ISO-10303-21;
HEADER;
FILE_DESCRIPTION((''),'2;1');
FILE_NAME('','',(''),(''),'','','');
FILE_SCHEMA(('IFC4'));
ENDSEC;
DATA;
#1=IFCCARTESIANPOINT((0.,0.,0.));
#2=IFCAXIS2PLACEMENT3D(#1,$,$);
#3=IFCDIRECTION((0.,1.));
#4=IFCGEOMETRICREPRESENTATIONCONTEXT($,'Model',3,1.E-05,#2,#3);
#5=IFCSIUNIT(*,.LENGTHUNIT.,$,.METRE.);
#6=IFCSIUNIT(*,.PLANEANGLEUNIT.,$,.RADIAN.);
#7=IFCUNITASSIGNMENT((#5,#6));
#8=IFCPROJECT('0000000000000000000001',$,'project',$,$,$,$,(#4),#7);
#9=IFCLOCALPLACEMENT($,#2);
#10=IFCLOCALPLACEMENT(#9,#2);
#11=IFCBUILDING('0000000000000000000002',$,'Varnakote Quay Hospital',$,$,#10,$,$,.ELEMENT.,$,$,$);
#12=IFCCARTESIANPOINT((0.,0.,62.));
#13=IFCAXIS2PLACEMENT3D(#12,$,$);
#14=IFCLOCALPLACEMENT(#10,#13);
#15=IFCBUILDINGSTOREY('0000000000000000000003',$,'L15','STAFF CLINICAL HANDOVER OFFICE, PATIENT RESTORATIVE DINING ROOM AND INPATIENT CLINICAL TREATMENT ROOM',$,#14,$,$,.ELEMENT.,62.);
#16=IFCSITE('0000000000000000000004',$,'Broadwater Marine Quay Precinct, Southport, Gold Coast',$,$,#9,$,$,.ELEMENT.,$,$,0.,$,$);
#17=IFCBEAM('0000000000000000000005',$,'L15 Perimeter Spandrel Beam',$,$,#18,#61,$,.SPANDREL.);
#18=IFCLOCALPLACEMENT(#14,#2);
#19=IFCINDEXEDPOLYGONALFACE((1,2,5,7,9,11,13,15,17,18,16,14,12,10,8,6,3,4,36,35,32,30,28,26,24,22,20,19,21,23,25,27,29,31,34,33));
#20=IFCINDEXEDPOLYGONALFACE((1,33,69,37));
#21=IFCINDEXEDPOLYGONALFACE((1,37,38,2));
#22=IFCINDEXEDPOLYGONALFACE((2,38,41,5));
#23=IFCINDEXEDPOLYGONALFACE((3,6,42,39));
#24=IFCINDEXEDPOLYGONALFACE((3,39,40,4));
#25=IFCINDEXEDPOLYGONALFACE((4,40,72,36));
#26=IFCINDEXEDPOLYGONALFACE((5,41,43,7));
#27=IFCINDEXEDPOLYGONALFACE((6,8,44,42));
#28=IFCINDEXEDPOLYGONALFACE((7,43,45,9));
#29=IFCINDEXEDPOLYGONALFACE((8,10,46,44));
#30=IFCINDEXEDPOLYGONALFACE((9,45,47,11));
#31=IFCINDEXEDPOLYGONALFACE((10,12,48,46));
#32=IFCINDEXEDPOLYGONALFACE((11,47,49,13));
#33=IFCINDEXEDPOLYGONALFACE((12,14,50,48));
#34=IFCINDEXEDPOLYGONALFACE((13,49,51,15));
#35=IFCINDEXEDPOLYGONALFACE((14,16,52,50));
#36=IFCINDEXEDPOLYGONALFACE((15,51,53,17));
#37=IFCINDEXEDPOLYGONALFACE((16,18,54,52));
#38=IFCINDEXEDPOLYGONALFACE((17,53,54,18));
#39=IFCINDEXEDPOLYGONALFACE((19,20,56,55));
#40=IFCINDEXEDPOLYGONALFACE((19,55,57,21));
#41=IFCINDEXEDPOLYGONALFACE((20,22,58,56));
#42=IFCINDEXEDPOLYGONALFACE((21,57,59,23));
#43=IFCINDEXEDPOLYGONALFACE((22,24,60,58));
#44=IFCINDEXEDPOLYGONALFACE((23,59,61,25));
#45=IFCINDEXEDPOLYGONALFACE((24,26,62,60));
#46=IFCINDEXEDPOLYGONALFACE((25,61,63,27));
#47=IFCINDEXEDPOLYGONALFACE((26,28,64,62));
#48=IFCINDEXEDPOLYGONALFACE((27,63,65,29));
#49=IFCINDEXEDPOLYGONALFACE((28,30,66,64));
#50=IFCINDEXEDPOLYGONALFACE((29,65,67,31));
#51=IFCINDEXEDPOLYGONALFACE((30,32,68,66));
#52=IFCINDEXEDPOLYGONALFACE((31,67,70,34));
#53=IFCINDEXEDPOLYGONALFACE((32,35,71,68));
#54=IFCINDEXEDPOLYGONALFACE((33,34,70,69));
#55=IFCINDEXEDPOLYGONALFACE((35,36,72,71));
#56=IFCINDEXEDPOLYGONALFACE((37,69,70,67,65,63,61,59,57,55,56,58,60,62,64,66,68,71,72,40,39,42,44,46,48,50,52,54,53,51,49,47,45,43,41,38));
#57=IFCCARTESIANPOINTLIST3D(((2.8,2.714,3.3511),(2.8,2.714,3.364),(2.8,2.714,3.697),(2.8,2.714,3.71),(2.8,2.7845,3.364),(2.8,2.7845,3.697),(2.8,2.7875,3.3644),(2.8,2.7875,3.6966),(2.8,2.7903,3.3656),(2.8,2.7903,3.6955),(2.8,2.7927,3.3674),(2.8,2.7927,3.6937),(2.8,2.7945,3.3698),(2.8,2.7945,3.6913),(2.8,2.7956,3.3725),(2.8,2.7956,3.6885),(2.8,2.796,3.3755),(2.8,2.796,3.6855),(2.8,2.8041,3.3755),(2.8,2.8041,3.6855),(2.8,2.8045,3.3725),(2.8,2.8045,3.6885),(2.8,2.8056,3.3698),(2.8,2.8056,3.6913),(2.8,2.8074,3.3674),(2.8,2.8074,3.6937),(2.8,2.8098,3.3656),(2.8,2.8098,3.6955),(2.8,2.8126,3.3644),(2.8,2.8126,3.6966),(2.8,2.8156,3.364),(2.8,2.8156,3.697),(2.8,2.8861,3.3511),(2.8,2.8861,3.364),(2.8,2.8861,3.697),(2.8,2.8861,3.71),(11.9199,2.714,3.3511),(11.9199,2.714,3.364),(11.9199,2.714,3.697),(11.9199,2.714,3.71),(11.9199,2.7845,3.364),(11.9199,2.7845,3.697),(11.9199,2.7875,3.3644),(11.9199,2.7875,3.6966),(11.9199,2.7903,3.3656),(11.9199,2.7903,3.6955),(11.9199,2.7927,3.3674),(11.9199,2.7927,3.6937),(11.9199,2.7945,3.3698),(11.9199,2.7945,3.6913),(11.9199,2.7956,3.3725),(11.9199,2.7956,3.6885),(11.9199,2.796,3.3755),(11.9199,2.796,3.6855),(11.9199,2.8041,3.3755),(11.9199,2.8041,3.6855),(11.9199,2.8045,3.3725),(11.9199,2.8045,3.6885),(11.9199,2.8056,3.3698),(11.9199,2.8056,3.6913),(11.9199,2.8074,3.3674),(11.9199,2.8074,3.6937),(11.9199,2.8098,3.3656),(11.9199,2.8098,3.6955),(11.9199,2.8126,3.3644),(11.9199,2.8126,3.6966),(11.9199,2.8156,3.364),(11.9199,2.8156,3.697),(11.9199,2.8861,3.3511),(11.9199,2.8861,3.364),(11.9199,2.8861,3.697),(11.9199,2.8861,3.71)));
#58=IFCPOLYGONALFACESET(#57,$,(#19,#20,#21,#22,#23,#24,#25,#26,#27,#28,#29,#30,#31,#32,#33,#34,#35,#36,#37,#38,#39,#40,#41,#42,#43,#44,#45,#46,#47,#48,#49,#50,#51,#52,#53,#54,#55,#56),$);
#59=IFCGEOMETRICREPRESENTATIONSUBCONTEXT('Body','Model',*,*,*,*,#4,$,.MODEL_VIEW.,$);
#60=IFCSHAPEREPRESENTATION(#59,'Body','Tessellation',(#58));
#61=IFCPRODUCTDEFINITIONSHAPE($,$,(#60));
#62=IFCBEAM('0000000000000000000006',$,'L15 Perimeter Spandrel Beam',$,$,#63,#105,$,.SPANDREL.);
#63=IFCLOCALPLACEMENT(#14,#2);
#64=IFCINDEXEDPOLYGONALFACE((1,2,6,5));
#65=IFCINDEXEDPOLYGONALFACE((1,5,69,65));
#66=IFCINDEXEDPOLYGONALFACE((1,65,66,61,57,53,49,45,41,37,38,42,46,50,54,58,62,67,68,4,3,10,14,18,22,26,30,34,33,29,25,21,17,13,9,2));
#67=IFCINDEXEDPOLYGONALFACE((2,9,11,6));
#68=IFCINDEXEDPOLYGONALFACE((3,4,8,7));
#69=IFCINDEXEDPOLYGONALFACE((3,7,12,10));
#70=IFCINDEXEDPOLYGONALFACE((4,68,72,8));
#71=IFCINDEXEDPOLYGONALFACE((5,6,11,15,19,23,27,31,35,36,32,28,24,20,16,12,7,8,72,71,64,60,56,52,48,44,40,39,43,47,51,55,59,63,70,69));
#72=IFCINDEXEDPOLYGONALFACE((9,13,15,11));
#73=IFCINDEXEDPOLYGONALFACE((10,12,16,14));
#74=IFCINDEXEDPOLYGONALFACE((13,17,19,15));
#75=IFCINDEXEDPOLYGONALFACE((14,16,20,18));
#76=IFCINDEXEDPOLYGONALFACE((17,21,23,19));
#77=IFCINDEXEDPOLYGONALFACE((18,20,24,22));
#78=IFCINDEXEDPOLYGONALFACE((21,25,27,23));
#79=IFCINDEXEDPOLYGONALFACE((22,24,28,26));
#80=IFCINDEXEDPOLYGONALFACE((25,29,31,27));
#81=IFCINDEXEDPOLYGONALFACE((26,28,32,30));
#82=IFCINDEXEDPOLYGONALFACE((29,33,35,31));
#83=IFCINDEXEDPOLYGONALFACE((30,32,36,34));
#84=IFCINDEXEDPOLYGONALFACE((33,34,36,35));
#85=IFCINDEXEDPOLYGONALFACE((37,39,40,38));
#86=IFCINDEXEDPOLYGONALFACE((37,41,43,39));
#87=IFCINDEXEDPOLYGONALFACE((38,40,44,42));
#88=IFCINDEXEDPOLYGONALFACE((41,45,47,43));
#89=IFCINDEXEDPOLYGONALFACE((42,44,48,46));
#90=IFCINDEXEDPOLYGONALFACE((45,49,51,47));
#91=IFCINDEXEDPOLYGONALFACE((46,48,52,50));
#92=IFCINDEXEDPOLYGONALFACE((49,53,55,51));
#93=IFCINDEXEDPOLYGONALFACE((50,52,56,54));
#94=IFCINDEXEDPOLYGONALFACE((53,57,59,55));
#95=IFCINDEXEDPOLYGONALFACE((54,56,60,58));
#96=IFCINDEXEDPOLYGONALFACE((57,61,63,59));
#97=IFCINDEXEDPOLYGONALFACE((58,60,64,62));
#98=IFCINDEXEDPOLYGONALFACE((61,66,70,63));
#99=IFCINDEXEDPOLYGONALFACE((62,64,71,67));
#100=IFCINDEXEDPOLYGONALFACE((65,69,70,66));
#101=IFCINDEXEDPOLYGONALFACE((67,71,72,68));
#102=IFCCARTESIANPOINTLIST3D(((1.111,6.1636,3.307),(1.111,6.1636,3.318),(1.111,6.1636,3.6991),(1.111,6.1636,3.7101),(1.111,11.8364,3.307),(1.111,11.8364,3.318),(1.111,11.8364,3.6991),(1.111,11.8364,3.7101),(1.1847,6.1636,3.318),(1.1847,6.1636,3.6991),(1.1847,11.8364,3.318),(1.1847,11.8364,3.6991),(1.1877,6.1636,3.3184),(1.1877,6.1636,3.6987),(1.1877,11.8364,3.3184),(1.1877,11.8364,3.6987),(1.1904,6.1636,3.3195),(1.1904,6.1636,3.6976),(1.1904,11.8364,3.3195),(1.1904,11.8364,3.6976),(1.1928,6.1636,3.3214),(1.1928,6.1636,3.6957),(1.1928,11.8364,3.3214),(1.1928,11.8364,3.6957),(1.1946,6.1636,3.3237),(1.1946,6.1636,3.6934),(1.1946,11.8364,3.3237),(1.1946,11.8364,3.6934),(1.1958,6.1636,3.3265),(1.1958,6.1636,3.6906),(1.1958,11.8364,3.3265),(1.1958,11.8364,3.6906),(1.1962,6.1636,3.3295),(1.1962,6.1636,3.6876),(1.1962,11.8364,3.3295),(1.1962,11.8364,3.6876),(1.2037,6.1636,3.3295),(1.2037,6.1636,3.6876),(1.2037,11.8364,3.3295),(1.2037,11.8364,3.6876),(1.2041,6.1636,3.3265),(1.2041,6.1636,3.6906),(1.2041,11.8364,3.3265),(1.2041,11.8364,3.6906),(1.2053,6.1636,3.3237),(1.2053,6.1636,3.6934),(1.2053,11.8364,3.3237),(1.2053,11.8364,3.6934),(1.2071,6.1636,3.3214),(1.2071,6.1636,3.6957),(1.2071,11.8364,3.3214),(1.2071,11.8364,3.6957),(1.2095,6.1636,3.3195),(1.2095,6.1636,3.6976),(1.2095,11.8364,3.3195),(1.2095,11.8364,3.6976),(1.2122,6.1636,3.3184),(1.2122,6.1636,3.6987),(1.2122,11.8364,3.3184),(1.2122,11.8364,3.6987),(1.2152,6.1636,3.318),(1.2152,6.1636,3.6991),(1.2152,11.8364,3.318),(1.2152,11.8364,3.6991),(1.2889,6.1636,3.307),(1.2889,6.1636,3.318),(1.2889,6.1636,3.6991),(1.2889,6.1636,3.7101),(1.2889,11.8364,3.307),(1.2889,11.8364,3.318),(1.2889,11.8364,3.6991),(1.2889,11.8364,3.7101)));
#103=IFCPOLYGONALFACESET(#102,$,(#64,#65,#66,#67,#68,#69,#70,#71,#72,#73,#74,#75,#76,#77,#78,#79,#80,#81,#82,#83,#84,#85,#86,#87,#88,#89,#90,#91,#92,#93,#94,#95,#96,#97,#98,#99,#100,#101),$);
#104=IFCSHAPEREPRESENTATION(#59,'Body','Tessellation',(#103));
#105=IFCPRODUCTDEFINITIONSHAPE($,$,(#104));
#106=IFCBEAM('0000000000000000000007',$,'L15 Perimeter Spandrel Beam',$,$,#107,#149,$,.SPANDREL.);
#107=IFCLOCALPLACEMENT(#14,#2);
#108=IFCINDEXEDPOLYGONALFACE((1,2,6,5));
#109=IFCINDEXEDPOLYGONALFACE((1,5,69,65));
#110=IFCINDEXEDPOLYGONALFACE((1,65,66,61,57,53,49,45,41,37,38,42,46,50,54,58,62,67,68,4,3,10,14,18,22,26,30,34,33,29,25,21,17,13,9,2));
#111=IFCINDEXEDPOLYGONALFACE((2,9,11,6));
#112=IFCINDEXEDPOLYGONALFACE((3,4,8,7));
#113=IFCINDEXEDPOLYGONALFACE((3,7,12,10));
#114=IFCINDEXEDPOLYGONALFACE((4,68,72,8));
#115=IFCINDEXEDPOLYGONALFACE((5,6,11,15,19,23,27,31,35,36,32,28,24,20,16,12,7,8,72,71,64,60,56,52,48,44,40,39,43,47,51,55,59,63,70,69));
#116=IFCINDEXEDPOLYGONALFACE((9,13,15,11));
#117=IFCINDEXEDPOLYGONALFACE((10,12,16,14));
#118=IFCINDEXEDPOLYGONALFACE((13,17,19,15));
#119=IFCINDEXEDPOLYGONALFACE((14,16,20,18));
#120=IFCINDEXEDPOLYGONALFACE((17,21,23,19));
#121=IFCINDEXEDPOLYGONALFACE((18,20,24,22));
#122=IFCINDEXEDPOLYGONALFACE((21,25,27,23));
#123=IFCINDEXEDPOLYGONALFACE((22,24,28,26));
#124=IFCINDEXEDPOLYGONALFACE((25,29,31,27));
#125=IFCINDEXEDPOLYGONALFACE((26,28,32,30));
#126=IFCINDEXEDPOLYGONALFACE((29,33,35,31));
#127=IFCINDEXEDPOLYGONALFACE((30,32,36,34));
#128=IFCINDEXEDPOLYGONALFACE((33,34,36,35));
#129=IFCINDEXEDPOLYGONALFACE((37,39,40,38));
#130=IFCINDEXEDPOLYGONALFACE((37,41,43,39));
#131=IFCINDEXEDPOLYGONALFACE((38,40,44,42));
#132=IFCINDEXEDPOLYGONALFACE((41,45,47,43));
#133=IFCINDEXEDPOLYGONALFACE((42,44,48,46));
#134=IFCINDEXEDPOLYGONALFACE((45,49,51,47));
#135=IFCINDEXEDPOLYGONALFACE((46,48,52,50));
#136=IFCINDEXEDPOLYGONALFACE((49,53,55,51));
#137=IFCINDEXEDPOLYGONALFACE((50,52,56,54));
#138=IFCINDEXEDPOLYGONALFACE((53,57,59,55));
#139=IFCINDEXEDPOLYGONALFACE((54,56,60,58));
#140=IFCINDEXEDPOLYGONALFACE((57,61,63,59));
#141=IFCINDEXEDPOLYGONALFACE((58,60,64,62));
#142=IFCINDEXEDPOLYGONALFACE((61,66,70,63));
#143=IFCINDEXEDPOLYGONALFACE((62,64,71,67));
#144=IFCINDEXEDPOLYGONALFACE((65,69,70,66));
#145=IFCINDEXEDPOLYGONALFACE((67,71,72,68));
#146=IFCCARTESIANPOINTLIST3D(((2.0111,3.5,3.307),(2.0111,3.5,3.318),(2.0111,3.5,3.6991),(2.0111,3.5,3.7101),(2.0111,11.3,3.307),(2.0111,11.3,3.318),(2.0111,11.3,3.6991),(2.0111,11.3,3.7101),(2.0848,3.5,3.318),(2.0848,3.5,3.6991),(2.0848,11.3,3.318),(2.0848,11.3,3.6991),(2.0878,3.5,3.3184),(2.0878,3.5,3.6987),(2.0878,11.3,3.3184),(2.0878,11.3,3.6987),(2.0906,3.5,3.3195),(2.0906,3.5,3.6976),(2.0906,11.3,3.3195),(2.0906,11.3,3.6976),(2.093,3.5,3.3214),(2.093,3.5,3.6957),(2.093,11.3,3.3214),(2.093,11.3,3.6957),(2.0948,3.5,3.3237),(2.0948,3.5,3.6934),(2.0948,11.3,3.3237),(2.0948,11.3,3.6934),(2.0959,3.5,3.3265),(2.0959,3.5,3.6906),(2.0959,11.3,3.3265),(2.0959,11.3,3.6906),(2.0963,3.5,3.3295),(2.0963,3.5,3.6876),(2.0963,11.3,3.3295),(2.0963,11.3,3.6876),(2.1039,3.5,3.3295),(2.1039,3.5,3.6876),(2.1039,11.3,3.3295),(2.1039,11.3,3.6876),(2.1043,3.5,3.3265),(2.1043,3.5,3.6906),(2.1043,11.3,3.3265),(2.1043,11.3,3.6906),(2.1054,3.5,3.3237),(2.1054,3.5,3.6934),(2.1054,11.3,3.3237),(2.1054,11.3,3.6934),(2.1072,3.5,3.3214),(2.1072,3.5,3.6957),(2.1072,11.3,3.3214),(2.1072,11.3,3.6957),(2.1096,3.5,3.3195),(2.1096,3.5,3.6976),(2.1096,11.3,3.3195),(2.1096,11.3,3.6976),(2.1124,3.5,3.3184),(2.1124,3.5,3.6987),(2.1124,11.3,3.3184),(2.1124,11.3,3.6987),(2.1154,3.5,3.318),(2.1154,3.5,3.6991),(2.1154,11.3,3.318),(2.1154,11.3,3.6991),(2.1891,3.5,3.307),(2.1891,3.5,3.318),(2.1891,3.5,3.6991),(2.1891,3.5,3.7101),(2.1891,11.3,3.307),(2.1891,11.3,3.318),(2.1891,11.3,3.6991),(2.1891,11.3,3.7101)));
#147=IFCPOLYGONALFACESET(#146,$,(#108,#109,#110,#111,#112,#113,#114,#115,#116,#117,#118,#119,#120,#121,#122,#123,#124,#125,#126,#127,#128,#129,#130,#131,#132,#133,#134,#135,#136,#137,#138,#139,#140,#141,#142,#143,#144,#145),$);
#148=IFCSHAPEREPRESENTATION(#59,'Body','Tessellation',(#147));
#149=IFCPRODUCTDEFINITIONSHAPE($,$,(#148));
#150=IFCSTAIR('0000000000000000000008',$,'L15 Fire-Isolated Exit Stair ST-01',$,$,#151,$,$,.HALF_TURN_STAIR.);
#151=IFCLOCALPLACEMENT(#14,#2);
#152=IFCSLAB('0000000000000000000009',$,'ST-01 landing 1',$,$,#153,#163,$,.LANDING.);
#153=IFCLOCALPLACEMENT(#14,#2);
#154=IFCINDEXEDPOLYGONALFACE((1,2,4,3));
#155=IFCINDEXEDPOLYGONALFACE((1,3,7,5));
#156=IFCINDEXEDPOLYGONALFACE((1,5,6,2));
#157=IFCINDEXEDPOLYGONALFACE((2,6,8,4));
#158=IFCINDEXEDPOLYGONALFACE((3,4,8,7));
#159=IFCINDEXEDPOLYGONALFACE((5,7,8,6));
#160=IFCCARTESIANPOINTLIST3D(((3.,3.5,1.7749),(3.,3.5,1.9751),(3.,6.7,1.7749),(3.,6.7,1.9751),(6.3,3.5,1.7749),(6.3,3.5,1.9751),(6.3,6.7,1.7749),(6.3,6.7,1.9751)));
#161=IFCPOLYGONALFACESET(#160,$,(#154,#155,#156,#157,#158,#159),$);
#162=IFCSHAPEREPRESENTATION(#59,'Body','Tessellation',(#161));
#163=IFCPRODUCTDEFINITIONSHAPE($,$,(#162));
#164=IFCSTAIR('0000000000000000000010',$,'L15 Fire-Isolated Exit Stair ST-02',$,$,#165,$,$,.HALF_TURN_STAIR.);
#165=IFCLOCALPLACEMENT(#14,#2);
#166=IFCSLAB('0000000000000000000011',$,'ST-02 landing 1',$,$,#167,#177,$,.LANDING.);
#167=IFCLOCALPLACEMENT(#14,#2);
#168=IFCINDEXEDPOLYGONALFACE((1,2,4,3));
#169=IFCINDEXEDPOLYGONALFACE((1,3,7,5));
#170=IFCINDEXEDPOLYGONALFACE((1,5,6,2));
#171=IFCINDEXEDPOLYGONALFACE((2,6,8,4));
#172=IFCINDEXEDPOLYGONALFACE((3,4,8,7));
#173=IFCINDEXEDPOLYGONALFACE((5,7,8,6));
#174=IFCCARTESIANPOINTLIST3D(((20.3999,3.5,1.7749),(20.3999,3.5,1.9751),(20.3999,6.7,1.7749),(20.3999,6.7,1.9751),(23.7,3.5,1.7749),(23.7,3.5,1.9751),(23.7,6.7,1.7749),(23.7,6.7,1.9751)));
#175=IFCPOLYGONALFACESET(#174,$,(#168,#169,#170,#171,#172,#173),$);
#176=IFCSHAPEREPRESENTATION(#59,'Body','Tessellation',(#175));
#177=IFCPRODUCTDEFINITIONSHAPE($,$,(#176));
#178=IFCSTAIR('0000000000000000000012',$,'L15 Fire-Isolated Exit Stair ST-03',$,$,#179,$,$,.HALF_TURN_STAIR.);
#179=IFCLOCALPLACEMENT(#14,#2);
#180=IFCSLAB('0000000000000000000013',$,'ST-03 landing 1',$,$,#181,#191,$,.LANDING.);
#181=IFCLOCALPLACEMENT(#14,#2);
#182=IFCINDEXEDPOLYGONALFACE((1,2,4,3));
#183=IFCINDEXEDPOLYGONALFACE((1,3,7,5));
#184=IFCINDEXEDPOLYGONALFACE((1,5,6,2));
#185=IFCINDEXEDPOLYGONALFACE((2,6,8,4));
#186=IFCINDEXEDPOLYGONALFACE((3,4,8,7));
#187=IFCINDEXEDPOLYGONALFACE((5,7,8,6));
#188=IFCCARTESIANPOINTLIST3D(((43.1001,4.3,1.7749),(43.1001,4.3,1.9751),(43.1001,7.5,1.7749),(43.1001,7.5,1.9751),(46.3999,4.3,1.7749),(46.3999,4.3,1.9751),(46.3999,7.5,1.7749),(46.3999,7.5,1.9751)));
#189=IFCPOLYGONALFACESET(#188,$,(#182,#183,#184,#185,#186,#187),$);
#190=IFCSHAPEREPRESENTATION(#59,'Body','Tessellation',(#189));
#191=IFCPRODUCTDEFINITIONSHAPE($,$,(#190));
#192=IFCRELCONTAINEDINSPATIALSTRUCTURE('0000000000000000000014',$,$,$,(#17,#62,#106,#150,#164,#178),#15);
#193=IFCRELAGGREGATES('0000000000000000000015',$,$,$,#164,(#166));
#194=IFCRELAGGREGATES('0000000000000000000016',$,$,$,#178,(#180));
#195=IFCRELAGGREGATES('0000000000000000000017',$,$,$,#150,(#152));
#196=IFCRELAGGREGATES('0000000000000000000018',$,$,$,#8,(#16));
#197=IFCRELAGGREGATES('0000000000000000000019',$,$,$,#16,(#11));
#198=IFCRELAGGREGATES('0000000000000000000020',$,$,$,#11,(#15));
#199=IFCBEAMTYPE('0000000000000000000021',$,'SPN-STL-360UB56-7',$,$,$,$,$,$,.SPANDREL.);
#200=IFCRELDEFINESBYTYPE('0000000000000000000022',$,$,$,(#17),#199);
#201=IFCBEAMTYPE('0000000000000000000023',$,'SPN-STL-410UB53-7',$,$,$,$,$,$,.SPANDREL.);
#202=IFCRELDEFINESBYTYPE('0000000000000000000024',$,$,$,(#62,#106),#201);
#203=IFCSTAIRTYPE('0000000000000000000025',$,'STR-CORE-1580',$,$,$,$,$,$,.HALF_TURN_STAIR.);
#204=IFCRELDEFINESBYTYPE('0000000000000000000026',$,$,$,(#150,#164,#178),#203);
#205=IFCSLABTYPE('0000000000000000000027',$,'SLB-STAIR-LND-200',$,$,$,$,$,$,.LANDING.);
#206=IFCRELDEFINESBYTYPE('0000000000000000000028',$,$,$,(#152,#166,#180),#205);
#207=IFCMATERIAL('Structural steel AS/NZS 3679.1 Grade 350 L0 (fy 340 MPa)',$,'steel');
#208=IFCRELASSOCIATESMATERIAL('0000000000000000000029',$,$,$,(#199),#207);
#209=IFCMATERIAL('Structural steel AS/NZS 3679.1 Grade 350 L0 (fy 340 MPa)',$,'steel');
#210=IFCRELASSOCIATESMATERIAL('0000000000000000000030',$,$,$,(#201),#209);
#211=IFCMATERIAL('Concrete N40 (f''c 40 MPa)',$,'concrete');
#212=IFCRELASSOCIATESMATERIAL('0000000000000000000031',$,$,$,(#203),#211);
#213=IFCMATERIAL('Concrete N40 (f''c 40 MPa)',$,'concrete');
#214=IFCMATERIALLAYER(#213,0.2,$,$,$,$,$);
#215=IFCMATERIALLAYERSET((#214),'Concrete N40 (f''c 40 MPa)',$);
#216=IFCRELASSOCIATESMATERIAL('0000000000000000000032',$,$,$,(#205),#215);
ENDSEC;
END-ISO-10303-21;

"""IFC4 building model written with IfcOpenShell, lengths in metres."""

from ifc_helpers import new_model, si_unit, direction, frame, origin, origin_2d, place, context, subcontext, project, spatial, polyline, i_section, outline, extrude, material, layer, layer_set, material_profile, profile_set, type_object, element, aggregate, save


model = new_model("IFC4")

# Units and contexts
model_context = context("Model", 3, precision=1e-05, world=origin(), true_north=direction((0.0, 1.0)))
body_context = subcontext(model_context, "Body", "Model", "MODEL_VIEW")
ifc_project = project(units=[si_unit("LENGTHUNIT", "METRE"), si_unit("PLANEANGLEUNIT", "RADIAN")], contexts=[model_context])

# Site, building, storey
site_placement = place(None, origin())
site = spatial("IfcSite", under=ifc_project, at=site_placement, Name="Broadwater Marine Quay Precinct, Southport, Gold Coast", CompositionType="ELEMENT", RefElevation=0.0)
building_placement = place(site_placement, origin())
building = spatial("IfcBuilding", under=site, at=building_placement, Name="Varnakote Quay Hospital", CompositionType="ELEMENT")
storey_placement = place(building_placement, frame((0.0, 0.0, 62.0)))
storey = spatial("IfcBuildingStorey", under=building, at=storey_placement, Name="L15", Description="STAFF CLINICAL HANDOVER OFFICE, PATIENT RESTORATIVE DINING ROOM AND INPATIENT CLINICAL TREATMENT ROOM", CompositionType="ELEMENT", Elevation=62.0)

# Beams
ifc_material_1 = material(Name="Structural steel AS/NZS 3679.1 Grade 350 L0 (fy 340 MPa)", Category="steel")
ifc_material_profile_1 = material_profile(ifc_material_1, i_section(OverallWidth=0.1721, OverallDepth=0.3589, WebThickness=0.0081, FlangeThickness=0.0129, FilletRadius=0.0115, at=origin_2d()), Name="360UB56.7")
ifc_profile_set_1 = profile_set([ifc_material_profile_1], Name="Structural steel AS/NZS 3679.1 Grade 350 L0 (fy 340 MPa)")
beam_type_1 = type_object("IfcBeamType", Name="SPN-STL-360UB56-7", PredefinedType="SPANDREL", material=ifc_profile_set_1)
beam_1_placement = place(storey_placement, frame((2.8, 2.8, 3.5305), z_axis=(1.0, 0.0, 0.0), x_axis=(0.0, 1.0, 0.0)))
element("IfcBeam", 1, at=beam_1_placement, inside=storey, type_object=beam_type_1, Name="L15 Perimeter Spandrel Beam", PredefinedType="SPANDREL", context=body_context, shape_type="SweptSolid", body=[
    extrude(i_section(OverallWidth=0.1721, OverallDepth=0.3589, WebThickness=0.0081, FlangeThickness=0.0129, FilletRadius=0.0115, at=origin_2d()), origin(), (0.0, 0.0, 1.0), 9.1199),
])
ifc_material_2 = material(Name="Structural steel AS/NZS 3679.1 Grade 350 L0 (fy 340 MPa)", Category="steel")
ifc_material_profile_2 = material_profile(ifc_material_2, i_section(OverallWidth=0.178, OverallDepth=0.4031, WebThickness=0.0076, FlangeThickness=0.011, FilletRadius=0.0115, at=origin_2d()), Name="410UB53.7")
ifc_profile_set_2 = profile_set([ifc_material_profile_2], Name="Structural steel AS/NZS 3679.1 Grade 350 L0 (fy 340 MPa)")
beam_type_2 = type_object("IfcBeamType", Name="SPN-STL-410UB53-7", PredefinedType="SPANDREL", material=ifc_profile_set_2)
beam_2_placement = place(storey_placement, frame((1.2, 6.1636, 3.5085), z_axis=(0.0, 1.0, 0.0), x_axis=(-1.0, 0.0, 0.0)))
element("IfcBeam", 2, at=beam_2_placement, inside=storey, type_object=beam_type_2, Name="L15 Perimeter Spandrel Beam", PredefinedType="SPANDREL", context=body_context, shape_type="SweptSolid", body=[
    extrude(i_section(OverallWidth=0.178, OverallDepth=0.4031, WebThickness=0.0076, FlangeThickness=0.011, FilletRadius=0.0115, at=origin_2d()), origin(), (0.0, 0.0, 1.0), 5.6729),
])
beam_3_placement = place(storey_placement, frame((2.1001, 3.5, 3.5085), z_axis=(0.0, 1.0, 0.0), x_axis=(-1.0, 0.0, 0.0)))
element("IfcBeam", 3, at=beam_3_placement, inside=storey, type_object=beam_type_2, Name="L15 Perimeter Spandrel Beam", PredefinedType="SPANDREL", context=body_context, shape_type="SweptSolid", body=[
    extrude(i_section(OverallWidth=0.178, OverallDepth=0.4031, WebThickness=0.0076, FlangeThickness=0.011, FilletRadius=0.0115, at=origin_2d()), origin(), (0.0, 0.0, 1.0), 7.8),
])

# Stairs, slabs
ifc_material_3 = material(Name="Concrete N40 (f'c 40 MPa)", Category="concrete")
stair_type = type_object("IfcStairType", Name="STR-CORE-1580", PredefinedType="HALF_TURN_STAIR", material=ifc_material_3)
stair_1_placement = place(storey_placement, origin())
stair_1 = element("IfcStair", 4, at=stair_1_placement, inside=storey, type_object=stair_type, Name="L15 Fire-Isolated Exit Stair ST-01", PredefinedType="HALF_TURN_STAIR")
ifc_material_4 = material(Name="Concrete N40 (f'c 40 MPa)", Category="concrete")
ifc_layer_1 = layer(ifc_material_4, 0.2)
ifc_layer_set_1 = layer_set([ifc_layer_1], Name="Concrete N40 (f'c 40 MPa)")
slab_type_1 = type_object("IfcSlabType", Name="SLB-STAIR-LND-200", PredefinedType="LANDING", material=ifc_layer_set_1)
slab_1_placement = place(storey_placement, frame((0.0, 0.0, 1.7749)))
slab_1 = element("IfcSlab", 5, at=slab_1_placement, type_object=slab_type_1, Name="ST-01 landing 1", PredefinedType="LANDING", context=body_context, shape_type="SweptSolid", body=[
    extrude(outline(polyline([(3.0, 6.7), (3.0, 3.5), (6.3, 3.5), (6.3, 6.7), (3.0, 6.7)])), origin(), (0.0, 0.0, 1.0), 0.2002),
])
stair_2_placement = place(storey_placement, origin())
stair_2 = element("IfcStair", 6, at=stair_2_placement, inside=storey, type_object=stair_type, Name="L15 Fire-Isolated Exit Stair ST-02", PredefinedType="HALF_TURN_STAIR")
slab_2_placement = place(storey_placement, frame((0.0, 0.0, 1.7749)))
slab_2 = element("IfcSlab", 7, at=slab_2_placement, type_object=slab_type_1, Name="ST-02 landing 1", PredefinedType="LANDING", context=body_context, shape_type="SweptSolid", body=[
    extrude(outline(polyline([(20.3999, 6.7), (20.3999, 3.5), (23.7, 3.5), (23.7, 6.7), (20.3999, 6.7)])), origin(), (0.0, 0.0, 1.0), 0.2002),
])
aggregate(stair_2, [slab_2])
stair_3_placement = place(storey_placement, origin())
stair_3 = element("IfcStair", 8, at=stair_3_placement, inside=storey, type_object=stair_type, Name="L15 Fire-Isolated Exit Stair ST-03", PredefinedType="HALF_TURN_STAIR")
slab_3_placement = place(storey_placement, frame((0.0, 0.0, 1.7749)))
slab_3 = element("IfcSlab", 9, at=slab_3_placement, type_object=slab_type_1, Name="ST-03 landing 1", PredefinedType="LANDING", context=body_context, shape_type="SweptSolid", body=[
    extrude(outline(polyline([(43.1001, 7.5), (43.1001, 4.3), (46.3999, 4.3), (46.3999, 7.5), (43.1001, 7.5)])), origin(), (0.0, 0.0, 1.0), 0.2002),
])
aggregate(stair_3, [slab_3])

aggregate(stair_1, [slab_1])

save(model, "model.ifc")
